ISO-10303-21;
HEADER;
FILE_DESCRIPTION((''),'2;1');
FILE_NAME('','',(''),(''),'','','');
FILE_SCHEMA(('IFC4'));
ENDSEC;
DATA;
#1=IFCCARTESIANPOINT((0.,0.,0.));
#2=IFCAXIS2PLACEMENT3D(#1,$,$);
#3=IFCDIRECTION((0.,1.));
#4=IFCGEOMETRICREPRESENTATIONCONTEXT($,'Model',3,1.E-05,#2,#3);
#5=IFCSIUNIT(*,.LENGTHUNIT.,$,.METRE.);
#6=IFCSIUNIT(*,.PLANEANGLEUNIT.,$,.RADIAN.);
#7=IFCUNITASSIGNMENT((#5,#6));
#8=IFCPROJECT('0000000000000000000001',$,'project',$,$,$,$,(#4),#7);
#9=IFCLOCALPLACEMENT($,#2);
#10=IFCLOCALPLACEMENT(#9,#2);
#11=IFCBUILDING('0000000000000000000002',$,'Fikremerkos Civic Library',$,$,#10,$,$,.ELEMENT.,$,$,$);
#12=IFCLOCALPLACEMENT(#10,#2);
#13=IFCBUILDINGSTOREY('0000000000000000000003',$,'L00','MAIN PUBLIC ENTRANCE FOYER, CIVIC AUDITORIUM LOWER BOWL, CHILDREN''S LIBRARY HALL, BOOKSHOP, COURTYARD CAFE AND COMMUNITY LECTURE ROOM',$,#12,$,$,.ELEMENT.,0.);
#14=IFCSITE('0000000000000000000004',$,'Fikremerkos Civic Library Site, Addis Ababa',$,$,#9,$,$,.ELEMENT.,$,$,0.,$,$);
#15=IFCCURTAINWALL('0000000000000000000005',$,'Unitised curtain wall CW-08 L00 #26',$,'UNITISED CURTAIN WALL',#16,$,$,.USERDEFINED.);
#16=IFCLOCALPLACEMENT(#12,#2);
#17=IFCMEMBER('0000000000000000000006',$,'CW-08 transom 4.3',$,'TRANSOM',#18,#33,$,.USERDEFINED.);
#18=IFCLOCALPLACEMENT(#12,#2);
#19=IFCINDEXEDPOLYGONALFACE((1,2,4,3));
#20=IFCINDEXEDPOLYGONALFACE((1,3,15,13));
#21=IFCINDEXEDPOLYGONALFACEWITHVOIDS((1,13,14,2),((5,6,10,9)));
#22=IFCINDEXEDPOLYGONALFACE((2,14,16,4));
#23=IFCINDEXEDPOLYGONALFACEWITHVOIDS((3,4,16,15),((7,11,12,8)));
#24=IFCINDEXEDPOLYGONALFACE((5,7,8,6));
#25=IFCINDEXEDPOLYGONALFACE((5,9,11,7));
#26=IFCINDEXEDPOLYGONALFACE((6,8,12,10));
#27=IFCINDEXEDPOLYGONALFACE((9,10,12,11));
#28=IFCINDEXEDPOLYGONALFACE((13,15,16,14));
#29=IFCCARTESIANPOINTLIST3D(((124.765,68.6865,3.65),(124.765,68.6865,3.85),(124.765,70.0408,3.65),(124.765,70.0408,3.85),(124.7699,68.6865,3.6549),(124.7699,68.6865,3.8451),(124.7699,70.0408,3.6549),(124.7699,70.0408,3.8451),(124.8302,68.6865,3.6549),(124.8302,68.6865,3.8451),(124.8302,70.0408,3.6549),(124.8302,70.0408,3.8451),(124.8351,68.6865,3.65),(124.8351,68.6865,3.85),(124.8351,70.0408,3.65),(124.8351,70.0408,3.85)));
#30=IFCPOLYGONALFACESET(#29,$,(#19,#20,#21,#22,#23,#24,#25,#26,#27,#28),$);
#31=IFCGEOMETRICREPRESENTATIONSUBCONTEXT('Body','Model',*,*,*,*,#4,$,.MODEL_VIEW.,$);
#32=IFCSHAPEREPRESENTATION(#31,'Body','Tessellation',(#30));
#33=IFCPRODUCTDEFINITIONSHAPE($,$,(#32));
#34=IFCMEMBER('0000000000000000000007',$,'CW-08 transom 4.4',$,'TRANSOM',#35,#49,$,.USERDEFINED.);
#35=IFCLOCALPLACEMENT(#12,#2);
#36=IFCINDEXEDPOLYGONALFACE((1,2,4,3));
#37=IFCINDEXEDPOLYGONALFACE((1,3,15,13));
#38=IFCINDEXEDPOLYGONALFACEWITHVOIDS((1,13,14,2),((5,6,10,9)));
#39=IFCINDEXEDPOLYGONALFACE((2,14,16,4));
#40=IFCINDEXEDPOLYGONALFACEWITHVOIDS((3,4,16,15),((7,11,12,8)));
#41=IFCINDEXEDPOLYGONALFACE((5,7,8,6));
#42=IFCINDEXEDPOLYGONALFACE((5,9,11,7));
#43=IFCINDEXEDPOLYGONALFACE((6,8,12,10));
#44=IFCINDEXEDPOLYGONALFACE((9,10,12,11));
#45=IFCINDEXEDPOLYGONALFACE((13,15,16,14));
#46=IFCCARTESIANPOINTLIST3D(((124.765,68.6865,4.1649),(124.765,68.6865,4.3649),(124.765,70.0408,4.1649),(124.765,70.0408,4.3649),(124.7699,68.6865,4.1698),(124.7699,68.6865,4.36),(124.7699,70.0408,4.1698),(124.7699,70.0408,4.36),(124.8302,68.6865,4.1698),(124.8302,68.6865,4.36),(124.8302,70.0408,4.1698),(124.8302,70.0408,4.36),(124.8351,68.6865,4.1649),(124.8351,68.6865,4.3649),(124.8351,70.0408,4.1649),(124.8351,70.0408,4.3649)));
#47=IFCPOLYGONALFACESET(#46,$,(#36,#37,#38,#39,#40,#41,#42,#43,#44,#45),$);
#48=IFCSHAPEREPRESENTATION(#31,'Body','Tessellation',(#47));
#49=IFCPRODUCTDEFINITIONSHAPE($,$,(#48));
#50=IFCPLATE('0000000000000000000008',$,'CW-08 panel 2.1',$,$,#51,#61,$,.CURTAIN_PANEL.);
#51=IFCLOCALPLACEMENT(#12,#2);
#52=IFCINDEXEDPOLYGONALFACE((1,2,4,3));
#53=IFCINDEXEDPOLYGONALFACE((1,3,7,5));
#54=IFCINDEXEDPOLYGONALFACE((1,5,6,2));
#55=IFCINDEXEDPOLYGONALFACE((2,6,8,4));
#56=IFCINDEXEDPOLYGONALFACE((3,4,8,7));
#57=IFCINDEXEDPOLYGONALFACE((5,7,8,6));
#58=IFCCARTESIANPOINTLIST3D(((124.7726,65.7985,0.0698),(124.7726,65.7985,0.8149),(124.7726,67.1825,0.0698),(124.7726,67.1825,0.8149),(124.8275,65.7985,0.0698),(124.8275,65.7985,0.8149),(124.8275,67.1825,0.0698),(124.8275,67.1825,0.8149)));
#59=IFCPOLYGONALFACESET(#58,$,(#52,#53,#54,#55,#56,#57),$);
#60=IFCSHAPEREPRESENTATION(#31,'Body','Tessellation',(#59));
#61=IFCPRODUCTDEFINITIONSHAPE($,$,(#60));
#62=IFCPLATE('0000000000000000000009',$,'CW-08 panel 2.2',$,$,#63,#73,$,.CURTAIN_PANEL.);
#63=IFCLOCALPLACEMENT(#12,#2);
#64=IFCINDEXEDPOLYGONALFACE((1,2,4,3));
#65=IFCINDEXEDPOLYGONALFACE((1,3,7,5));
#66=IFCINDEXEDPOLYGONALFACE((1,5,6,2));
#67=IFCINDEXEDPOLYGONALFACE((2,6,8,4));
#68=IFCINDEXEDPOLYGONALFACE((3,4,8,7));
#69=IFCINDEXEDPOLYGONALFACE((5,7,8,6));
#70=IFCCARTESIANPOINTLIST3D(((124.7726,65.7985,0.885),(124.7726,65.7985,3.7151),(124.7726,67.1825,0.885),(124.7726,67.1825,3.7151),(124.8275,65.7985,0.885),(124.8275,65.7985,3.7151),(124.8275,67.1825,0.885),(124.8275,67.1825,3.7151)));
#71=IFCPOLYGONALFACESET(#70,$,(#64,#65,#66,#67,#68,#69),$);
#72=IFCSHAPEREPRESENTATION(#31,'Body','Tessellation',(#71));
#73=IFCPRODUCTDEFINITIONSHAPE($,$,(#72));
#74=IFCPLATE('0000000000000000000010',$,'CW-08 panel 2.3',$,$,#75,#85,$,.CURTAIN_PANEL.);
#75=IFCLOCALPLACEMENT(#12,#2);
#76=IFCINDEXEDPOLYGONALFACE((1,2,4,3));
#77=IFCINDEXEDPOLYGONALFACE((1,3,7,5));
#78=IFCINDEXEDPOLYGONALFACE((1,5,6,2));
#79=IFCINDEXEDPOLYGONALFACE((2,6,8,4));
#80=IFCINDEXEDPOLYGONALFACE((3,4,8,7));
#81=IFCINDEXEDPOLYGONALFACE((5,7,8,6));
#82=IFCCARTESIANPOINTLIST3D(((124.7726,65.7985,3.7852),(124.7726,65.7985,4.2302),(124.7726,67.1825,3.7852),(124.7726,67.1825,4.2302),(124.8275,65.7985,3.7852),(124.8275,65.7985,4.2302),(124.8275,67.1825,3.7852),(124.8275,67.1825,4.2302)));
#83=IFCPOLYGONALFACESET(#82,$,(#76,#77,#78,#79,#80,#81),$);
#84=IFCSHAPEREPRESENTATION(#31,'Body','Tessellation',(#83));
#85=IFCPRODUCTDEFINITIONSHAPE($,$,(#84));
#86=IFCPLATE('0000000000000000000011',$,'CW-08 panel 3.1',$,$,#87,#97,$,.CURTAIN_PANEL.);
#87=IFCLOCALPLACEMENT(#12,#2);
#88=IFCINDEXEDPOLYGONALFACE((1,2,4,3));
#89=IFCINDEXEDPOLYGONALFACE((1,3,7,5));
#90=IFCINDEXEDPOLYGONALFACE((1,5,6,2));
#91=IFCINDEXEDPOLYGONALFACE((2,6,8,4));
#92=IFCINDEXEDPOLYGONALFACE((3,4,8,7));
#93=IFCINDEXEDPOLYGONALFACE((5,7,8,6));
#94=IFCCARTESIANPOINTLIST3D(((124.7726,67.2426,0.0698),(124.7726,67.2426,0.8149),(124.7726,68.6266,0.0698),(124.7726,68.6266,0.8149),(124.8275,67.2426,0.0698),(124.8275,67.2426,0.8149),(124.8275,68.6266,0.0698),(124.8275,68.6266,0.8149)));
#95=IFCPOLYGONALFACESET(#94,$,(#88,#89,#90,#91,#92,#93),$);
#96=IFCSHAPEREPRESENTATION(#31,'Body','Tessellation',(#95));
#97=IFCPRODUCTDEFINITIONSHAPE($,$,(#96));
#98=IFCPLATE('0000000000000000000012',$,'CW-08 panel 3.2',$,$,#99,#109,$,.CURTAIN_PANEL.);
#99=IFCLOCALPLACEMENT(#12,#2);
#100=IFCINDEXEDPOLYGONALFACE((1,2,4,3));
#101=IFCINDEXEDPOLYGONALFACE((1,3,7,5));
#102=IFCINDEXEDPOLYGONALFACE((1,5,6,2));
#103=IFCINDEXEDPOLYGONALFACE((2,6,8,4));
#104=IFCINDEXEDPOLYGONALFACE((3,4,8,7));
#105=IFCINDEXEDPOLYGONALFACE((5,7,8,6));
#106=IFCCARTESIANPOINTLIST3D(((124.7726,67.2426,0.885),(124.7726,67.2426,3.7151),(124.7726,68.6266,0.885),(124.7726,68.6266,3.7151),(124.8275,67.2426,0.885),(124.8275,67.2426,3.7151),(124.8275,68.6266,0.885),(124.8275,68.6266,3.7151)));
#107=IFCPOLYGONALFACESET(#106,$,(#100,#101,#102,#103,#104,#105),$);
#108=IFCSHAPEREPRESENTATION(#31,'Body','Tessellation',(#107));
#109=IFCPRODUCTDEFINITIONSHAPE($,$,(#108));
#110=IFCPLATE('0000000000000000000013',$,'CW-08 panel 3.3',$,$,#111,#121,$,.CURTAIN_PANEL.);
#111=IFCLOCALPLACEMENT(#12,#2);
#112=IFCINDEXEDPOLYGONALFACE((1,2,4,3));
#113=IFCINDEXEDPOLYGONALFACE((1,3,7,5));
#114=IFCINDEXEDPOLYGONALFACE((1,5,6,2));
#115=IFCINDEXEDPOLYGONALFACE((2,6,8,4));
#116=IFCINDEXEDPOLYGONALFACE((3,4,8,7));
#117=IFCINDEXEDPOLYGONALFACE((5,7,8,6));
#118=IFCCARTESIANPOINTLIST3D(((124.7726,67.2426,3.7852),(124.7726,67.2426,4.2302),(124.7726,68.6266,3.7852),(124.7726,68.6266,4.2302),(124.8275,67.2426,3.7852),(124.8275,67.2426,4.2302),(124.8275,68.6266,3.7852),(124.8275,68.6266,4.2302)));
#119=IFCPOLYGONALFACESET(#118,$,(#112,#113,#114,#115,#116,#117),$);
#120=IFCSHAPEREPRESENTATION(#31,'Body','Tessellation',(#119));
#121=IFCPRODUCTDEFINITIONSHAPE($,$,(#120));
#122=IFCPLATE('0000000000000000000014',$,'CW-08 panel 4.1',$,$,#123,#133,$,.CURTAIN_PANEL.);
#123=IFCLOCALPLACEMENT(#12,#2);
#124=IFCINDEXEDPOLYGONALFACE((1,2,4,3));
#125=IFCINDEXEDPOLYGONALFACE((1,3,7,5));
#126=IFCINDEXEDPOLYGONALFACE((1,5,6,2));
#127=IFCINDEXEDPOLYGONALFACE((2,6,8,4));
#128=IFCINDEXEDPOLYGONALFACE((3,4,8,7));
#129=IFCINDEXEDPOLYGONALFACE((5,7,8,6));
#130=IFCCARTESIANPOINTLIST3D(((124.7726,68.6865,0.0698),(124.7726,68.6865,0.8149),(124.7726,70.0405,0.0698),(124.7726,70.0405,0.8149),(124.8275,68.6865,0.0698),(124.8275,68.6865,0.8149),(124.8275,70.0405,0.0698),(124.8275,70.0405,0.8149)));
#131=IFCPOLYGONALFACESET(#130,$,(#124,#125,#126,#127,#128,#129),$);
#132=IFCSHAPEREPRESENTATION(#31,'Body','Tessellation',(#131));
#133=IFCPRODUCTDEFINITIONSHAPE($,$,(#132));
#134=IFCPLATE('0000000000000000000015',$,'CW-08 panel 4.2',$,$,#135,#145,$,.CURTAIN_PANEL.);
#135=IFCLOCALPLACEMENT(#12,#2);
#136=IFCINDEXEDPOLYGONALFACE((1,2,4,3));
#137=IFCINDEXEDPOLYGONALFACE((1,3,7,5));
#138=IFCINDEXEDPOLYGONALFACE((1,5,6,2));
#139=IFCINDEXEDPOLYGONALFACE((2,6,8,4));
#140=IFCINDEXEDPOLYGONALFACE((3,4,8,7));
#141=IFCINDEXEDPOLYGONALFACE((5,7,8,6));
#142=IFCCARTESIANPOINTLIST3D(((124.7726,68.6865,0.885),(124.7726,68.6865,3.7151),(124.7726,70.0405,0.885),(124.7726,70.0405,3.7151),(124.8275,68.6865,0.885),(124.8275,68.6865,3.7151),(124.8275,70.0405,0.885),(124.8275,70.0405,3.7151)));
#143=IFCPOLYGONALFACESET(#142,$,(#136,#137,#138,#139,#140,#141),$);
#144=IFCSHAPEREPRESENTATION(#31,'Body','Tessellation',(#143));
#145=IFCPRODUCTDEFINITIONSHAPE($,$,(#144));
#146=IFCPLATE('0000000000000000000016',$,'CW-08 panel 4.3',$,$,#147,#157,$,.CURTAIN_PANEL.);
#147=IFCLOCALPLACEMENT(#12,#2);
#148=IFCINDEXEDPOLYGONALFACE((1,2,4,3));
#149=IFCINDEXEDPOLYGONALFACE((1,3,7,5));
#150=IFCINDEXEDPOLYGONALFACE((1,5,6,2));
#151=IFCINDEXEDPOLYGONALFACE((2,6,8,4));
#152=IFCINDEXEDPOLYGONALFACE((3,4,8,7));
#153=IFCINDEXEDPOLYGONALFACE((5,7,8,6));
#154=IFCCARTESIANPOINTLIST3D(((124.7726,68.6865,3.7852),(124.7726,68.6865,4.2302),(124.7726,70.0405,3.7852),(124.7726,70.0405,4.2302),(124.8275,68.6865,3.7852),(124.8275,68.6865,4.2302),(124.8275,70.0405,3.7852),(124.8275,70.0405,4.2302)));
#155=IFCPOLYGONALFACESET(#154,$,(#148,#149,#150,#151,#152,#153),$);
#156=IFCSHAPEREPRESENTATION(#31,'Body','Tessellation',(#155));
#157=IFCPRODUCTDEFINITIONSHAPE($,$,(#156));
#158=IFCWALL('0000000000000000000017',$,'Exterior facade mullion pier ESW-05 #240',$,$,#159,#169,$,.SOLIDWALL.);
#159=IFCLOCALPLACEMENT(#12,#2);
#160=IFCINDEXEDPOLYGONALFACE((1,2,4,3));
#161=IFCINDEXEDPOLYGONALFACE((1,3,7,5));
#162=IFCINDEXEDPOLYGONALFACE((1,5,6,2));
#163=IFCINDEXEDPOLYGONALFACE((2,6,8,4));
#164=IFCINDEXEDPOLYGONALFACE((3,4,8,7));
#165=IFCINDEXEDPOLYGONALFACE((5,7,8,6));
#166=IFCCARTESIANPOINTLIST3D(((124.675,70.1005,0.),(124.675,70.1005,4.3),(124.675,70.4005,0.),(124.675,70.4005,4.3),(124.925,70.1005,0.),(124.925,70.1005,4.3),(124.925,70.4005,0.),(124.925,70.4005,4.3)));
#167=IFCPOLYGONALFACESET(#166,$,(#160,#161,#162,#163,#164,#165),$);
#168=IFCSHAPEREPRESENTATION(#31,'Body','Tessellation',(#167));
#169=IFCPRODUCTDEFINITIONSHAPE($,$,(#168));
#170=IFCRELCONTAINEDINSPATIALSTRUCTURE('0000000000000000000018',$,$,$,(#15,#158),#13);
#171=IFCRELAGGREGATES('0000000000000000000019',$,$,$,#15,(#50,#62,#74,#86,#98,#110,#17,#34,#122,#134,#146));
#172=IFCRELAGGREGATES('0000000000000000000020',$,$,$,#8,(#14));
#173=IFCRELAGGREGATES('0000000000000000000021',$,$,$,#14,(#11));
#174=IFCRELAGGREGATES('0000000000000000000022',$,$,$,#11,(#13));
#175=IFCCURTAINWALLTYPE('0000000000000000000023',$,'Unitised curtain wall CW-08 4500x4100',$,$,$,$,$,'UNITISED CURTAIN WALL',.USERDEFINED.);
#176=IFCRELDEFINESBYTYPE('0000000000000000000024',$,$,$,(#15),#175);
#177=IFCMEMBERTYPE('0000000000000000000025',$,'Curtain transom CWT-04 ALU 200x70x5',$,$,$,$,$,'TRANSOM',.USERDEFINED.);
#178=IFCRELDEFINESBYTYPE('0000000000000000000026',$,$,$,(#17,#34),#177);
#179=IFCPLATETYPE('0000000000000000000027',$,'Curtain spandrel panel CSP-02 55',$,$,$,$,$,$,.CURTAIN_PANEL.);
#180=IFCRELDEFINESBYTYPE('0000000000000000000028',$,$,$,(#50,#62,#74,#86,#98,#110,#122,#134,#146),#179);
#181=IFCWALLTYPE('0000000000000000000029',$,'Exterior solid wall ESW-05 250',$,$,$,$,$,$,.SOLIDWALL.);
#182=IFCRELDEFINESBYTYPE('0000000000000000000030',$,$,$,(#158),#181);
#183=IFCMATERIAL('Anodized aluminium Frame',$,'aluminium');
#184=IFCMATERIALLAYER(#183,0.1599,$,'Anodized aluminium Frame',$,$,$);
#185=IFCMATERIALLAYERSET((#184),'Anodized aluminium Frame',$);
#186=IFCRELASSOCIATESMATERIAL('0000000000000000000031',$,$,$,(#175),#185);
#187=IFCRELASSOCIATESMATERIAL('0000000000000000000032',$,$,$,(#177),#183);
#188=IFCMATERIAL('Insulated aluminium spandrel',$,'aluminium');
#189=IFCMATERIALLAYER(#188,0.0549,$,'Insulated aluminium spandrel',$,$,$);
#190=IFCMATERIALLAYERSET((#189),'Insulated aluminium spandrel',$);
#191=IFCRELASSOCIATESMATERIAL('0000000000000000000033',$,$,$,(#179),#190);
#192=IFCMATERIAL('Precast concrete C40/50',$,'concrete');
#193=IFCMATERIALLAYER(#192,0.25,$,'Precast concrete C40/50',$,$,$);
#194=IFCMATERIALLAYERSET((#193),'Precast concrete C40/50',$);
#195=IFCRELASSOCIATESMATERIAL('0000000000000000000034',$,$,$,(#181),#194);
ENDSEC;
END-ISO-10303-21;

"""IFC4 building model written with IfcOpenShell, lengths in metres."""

from ifc_helpers import new_model, si_unit, direction, frame, frame_2d, origin, origin_2d, place, context, subcontext, project, spatial, rectangle, hollow_rectangle, extrude, material, layer, layer_set, material_profile, profile_set, type_object, element, aggregate, save


model = new_model("IFC4")

# Units and contexts
model_context = context("Model", 3, precision=1e-05, world=origin(), true_north=direction((0.0, 1.0)))
body_context = subcontext(model_context, "Body", "Model", "MODEL_VIEW")
ifc_project = project(units=[si_unit("LENGTHUNIT", "METRE"), si_unit("PLANEANGLEUNIT", "RADIAN")], contexts=[model_context])

# Site, building, storey
site_placement = place(None, origin())
site = spatial("IfcSite", under=ifc_project, at=site_placement, Name="Fikremerkos Civic Library Site, Addis Ababa", CompositionType="ELEMENT", RefElevation=0.0)
building_placement = place(site_placement, origin())
building = spatial("IfcBuilding", under=site, at=building_placement, Name="Fikremerkos Civic Library", CompositionType="ELEMENT")
storey_placement = place(building_placement, origin())
storey = spatial("IfcBuildingStorey", under=building, at=storey_placement, Name="L00", Description="MAIN PUBLIC ENTRANCE FOYER, CIVIC AUDITORIUM LOWER BOWL, CHILDREN'S LIBRARY HALL, BOOKSHOP, COURTYARD CAFE AND COMMUNITY LECTURE ROOM", CompositionType="ELEMENT", Elevation=0.0)

# Shared definitions
ifc_material_1 = material(Name="Anodized aluminium Frame", Category="aluminium")

# Curtain wall, members, plates
ifc_layer_1 = layer(ifc_material_1, 0.1599, Name="Anodized aluminium Frame")
ifc_layer_set_1 = layer_set([ifc_layer_1], Name="Anodized aluminium Frame")
curtain_wall_type_1 = type_object("IfcCurtainWallType", Name="Unitised curtain wall CW-08 4500x4100", ElementType="UNITISED CURTAIN WALL", PredefinedType="USERDEFINED", material=ifc_layer_set_1)
curtain_wall_1_placement = place(storey_placement, origin())
curtain_wall_1 = element("IfcCurtainWall", 1, at=curtain_wall_1_placement, inside=storey, type_object=curtain_wall_type_1, Name="Unitised curtain wall CW-08 L00 #26", ObjectType="UNITISED CURTAIN WALL", PredefinedType="USERDEFINED")
ifc_material_profile_1 = material_profile(ifc_material_1, hollow_rectangle(XDim=0.0701, YDim=0.2, WallThickness=0.0049, at=origin_2d()), Name="ALU 200x70x5")
ifc_profile_set_1 = profile_set([ifc_material_profile_1], Name="Anodized aluminium Frame")
member_type_1 = type_object("IfcMemberType", Name="Curtain transom CWT-04 ALU 200x70x5", ElementType="TRANSOM", PredefinedType="USERDEFINED", material=ifc_profile_set_1)
member_1_placement = place(storey_placement, frame((124.8, 68.6865, 3.75), z_axis=(0.0, 1.0, 0.0), x_axis=(-1.0, 0.0, 0.0)))
member_1 = element("IfcMember", 2, at=member_1_placement, type_object=member_type_1, Name="CW-08 transom 4.3", ObjectType="TRANSOM", PredefinedType="USERDEFINED", context=body_context, shape_type="SweptSolid", body=[
    extrude(hollow_rectangle(XDim=0.0701, YDim=0.2, WallThickness=0.0049, at=origin_2d()), origin(), (0.0, 0.0, 1.0), 1.3542),
])
member_2_placement = place(storey_placement, frame((124.8, 68.6865, 4.2649), z_axis=(0.0, 1.0, 0.0), x_axis=(-1.0, 0.0, 0.0)))
member_2 = element("IfcMember", 3, at=member_2_placement, type_object=member_type_1, Name="CW-08 transom 4.4", ObjectType="TRANSOM", PredefinedType="USERDEFINED", context=body_context, shape_type="SweptSolid", body=[
    extrude(hollow_rectangle(XDim=0.0701, YDim=0.2, WallThickness=0.0049, at=origin_2d()), origin(), (0.0, 0.0, 1.0), 1.3542),
])
ifc_material_2 = material(Name="Insulated aluminium spandrel", Category="aluminium")
ifc_layer_2 = layer(ifc_material_2, 0.0549, Name="Insulated aluminium spandrel")
ifc_layer_set_2 = layer_set([ifc_layer_2], Name="Insulated aluminium spandrel")
plate_type = type_object("IfcPlateType", Name="Curtain spandrel panel CSP-02 55", PredefinedType="CURTAIN_PANEL", material=ifc_layer_set_2)
plate_1_placement = place(storey_placement, frame((124.8, 66.4905, 0.0698), z_axis=(0.0, 0.0, 1.0), x_axis=(0.0, 1.0, 0.0)))
plate_1 = element("IfcPlate", 4, at=plate_1_placement, type_object=plate_type, Name="CW-08 panel 2.1", PredefinedType="CURTAIN_PANEL", context=body_context, shape_type="SweptSolid", body=[
    extrude(rectangle(XDim=1.384, YDim=0.0549, at=origin_2d()), origin(), (0.0, 0.0, 1.0), 0.7451),
])
plate_2_placement = place(storey_placement, frame((124.8, 66.4905, 0.885), z_axis=(0.0, 0.0, 1.0), x_axis=(0.0, 1.0, 0.0)))
plate_2 = element("IfcPlate", 5, at=plate_2_placement, type_object=plate_type, Name="CW-08 panel 2.2", PredefinedType="CURTAIN_PANEL", context=body_context, shape_type="SweptSolid", body=[
    extrude(rectangle(XDim=1.384, YDim=0.0549, at=origin_2d()), origin(), (0.0, 0.0, 1.0), 2.8301),
])
plate_3_placement = place(storey_placement, frame((124.8, 66.4905, 3.7852), z_axis=(0.0, 0.0, 1.0), x_axis=(0.0, 1.0, 0.0)))
plate_3 = element("IfcPlate", 6, at=plate_3_placement, type_object=plate_type, Name="CW-08 panel 2.3", PredefinedType="CURTAIN_PANEL", context=body_context, shape_type="SweptSolid", body=[
    extrude(rectangle(XDim=1.384, YDim=0.0549, at=origin_2d()), origin(), (0.0, 0.0, 1.0), 0.4451),
])
plate_4_placement = place(storey_placement, frame((124.8, 67.9346, 0.0698), z_axis=(0.0, 0.0, 1.0), x_axis=(0.0, 1.0, 0.0)))
plate_4 = element("IfcPlate", 7, at=plate_4_placement, type_object=plate_type, Name="CW-08 panel 3.1", PredefinedType="CURTAIN_PANEL", context=body_context, shape_type="SweptSolid", body=[
    extrude(rectangle(XDim=1.384, YDim=0.0549, at=origin_2d()), origin(), (0.0, 0.0, 1.0), 0.7451),
])
plate_5_placement = place(storey_placement, frame((124.8, 67.9346, 0.885), z_axis=(0.0, 0.0, 1.0), x_axis=(0.0, 1.0, 0.0)))
plate_5 = element("IfcPlate", 8, at=plate_5_placement, type_object=plate_type, Name="CW-08 panel 3.2", PredefinedType="CURTAIN_PANEL", context=body_context, shape_type="SweptSolid", body=[
    extrude(rectangle(XDim=1.384, YDim=0.0549, at=origin_2d()), origin(), (0.0, 0.0, 1.0), 2.8301),
])
plate_6_placement = place(storey_placement, frame((124.8, 67.9346, 3.7852), z_axis=(0.0, 0.0, 1.0), x_axis=(0.0, 1.0, 0.0)))
plate_6 = element("IfcPlate", 9, at=plate_6_placement, type_object=plate_type, Name="CW-08 panel 3.3", PredefinedType="CURTAIN_PANEL", context=body_context, shape_type="SweptSolid", body=[
    extrude(rectangle(XDim=1.384, YDim=0.0549, at=origin_2d()), origin(), (0.0, 0.0, 1.0), 0.4451),
])
plate_7_placement = place(storey_placement, frame((124.8, 69.3635, 0.0698), z_axis=(0.0, 0.0, 1.0), x_axis=(0.0, 1.0, 0.0)))
plate_7 = element("IfcPlate", 10, at=plate_7_placement, type_object=plate_type, Name="CW-08 panel 4.1", PredefinedType="CURTAIN_PANEL", context=body_context, shape_type="SweptSolid", body=[
    extrude(rectangle(XDim=1.354, YDim=0.0549, at=origin_2d()), origin(), (0.0, 0.0, 1.0), 0.7451),
])
plate_8_placement = place(storey_placement, frame((124.8, 69.3635, 0.885), z_axis=(0.0, 0.0, 1.0), x_axis=(0.0, 1.0, 0.0)))
plate_8 = element("IfcPlate", 11, at=plate_8_placement, type_object=plate_type, Name="CW-08 panel 4.2", PredefinedType="CURTAIN_PANEL", context=body_context, shape_type="SweptSolid", body=[
    extrude(rectangle(XDim=1.354, YDim=0.0549, at=origin_2d()), origin(), (0.0, 0.0, 1.0), 2.8301),
])
plate_9_placement = place(storey_placement, frame((124.8, 69.3635, 3.7852), z_axis=(0.0, 0.0, 1.0), x_axis=(0.0, 1.0, 0.0)))
plate_9 = element("IfcPlate", 12, at=plate_9_placement, type_object=plate_type, Name="CW-08 panel 4.3", PredefinedType="CURTAIN_PANEL", context=body_context, shape_type="SweptSolid", body=[
    extrude(rectangle(XDim=1.354, YDim=0.0549, at=origin_2d()), origin(), (0.0, 0.0, 1.0), 0.4451),
])
aggregate(curtain_wall_1, [plate_1, plate_2, plate_3, plate_4, plate_5, plate_6, member_1, member_2, plate_7, plate_8, plate_9])

# Wall
ifc_material_3 = material(Name="Precast concrete C40/50", Category="concrete")
ifc_layer_3 = layer(ifc_material_3, 0.25, Name="Precast concrete C40/50")
ifc_layer_set_3 = layer_set([ifc_layer_3], Name="Precast concrete C40/50")
wall_type = type_object("IfcWallType", Name="Exterior solid wall ESW-05 250", PredefinedType="SOLIDWALL", material=ifc_layer_set_3)
wall_placement = place(storey_placement, frame((124.8, 70.1006, 0.0), z_axis=(0.0, 0.0, 1.0), x_axis=(0.0, 1.0, 0.0)))
element("IfcWall", 13, at=wall_placement, inside=storey, type_object=wall_type, Name="Exterior facade mullion pier ESW-05 #240", PredefinedType="SOLIDWALL", context=body_context, shape_type="SweptSolid", body=[
    extrude(rectangle(XDim=0.3, YDim=0.25, at=frame_2d((0.1499, 0.0))), origin(), (0.0, 0.0, 1.0), 4.3),
])

save(model, "model.ifc")
